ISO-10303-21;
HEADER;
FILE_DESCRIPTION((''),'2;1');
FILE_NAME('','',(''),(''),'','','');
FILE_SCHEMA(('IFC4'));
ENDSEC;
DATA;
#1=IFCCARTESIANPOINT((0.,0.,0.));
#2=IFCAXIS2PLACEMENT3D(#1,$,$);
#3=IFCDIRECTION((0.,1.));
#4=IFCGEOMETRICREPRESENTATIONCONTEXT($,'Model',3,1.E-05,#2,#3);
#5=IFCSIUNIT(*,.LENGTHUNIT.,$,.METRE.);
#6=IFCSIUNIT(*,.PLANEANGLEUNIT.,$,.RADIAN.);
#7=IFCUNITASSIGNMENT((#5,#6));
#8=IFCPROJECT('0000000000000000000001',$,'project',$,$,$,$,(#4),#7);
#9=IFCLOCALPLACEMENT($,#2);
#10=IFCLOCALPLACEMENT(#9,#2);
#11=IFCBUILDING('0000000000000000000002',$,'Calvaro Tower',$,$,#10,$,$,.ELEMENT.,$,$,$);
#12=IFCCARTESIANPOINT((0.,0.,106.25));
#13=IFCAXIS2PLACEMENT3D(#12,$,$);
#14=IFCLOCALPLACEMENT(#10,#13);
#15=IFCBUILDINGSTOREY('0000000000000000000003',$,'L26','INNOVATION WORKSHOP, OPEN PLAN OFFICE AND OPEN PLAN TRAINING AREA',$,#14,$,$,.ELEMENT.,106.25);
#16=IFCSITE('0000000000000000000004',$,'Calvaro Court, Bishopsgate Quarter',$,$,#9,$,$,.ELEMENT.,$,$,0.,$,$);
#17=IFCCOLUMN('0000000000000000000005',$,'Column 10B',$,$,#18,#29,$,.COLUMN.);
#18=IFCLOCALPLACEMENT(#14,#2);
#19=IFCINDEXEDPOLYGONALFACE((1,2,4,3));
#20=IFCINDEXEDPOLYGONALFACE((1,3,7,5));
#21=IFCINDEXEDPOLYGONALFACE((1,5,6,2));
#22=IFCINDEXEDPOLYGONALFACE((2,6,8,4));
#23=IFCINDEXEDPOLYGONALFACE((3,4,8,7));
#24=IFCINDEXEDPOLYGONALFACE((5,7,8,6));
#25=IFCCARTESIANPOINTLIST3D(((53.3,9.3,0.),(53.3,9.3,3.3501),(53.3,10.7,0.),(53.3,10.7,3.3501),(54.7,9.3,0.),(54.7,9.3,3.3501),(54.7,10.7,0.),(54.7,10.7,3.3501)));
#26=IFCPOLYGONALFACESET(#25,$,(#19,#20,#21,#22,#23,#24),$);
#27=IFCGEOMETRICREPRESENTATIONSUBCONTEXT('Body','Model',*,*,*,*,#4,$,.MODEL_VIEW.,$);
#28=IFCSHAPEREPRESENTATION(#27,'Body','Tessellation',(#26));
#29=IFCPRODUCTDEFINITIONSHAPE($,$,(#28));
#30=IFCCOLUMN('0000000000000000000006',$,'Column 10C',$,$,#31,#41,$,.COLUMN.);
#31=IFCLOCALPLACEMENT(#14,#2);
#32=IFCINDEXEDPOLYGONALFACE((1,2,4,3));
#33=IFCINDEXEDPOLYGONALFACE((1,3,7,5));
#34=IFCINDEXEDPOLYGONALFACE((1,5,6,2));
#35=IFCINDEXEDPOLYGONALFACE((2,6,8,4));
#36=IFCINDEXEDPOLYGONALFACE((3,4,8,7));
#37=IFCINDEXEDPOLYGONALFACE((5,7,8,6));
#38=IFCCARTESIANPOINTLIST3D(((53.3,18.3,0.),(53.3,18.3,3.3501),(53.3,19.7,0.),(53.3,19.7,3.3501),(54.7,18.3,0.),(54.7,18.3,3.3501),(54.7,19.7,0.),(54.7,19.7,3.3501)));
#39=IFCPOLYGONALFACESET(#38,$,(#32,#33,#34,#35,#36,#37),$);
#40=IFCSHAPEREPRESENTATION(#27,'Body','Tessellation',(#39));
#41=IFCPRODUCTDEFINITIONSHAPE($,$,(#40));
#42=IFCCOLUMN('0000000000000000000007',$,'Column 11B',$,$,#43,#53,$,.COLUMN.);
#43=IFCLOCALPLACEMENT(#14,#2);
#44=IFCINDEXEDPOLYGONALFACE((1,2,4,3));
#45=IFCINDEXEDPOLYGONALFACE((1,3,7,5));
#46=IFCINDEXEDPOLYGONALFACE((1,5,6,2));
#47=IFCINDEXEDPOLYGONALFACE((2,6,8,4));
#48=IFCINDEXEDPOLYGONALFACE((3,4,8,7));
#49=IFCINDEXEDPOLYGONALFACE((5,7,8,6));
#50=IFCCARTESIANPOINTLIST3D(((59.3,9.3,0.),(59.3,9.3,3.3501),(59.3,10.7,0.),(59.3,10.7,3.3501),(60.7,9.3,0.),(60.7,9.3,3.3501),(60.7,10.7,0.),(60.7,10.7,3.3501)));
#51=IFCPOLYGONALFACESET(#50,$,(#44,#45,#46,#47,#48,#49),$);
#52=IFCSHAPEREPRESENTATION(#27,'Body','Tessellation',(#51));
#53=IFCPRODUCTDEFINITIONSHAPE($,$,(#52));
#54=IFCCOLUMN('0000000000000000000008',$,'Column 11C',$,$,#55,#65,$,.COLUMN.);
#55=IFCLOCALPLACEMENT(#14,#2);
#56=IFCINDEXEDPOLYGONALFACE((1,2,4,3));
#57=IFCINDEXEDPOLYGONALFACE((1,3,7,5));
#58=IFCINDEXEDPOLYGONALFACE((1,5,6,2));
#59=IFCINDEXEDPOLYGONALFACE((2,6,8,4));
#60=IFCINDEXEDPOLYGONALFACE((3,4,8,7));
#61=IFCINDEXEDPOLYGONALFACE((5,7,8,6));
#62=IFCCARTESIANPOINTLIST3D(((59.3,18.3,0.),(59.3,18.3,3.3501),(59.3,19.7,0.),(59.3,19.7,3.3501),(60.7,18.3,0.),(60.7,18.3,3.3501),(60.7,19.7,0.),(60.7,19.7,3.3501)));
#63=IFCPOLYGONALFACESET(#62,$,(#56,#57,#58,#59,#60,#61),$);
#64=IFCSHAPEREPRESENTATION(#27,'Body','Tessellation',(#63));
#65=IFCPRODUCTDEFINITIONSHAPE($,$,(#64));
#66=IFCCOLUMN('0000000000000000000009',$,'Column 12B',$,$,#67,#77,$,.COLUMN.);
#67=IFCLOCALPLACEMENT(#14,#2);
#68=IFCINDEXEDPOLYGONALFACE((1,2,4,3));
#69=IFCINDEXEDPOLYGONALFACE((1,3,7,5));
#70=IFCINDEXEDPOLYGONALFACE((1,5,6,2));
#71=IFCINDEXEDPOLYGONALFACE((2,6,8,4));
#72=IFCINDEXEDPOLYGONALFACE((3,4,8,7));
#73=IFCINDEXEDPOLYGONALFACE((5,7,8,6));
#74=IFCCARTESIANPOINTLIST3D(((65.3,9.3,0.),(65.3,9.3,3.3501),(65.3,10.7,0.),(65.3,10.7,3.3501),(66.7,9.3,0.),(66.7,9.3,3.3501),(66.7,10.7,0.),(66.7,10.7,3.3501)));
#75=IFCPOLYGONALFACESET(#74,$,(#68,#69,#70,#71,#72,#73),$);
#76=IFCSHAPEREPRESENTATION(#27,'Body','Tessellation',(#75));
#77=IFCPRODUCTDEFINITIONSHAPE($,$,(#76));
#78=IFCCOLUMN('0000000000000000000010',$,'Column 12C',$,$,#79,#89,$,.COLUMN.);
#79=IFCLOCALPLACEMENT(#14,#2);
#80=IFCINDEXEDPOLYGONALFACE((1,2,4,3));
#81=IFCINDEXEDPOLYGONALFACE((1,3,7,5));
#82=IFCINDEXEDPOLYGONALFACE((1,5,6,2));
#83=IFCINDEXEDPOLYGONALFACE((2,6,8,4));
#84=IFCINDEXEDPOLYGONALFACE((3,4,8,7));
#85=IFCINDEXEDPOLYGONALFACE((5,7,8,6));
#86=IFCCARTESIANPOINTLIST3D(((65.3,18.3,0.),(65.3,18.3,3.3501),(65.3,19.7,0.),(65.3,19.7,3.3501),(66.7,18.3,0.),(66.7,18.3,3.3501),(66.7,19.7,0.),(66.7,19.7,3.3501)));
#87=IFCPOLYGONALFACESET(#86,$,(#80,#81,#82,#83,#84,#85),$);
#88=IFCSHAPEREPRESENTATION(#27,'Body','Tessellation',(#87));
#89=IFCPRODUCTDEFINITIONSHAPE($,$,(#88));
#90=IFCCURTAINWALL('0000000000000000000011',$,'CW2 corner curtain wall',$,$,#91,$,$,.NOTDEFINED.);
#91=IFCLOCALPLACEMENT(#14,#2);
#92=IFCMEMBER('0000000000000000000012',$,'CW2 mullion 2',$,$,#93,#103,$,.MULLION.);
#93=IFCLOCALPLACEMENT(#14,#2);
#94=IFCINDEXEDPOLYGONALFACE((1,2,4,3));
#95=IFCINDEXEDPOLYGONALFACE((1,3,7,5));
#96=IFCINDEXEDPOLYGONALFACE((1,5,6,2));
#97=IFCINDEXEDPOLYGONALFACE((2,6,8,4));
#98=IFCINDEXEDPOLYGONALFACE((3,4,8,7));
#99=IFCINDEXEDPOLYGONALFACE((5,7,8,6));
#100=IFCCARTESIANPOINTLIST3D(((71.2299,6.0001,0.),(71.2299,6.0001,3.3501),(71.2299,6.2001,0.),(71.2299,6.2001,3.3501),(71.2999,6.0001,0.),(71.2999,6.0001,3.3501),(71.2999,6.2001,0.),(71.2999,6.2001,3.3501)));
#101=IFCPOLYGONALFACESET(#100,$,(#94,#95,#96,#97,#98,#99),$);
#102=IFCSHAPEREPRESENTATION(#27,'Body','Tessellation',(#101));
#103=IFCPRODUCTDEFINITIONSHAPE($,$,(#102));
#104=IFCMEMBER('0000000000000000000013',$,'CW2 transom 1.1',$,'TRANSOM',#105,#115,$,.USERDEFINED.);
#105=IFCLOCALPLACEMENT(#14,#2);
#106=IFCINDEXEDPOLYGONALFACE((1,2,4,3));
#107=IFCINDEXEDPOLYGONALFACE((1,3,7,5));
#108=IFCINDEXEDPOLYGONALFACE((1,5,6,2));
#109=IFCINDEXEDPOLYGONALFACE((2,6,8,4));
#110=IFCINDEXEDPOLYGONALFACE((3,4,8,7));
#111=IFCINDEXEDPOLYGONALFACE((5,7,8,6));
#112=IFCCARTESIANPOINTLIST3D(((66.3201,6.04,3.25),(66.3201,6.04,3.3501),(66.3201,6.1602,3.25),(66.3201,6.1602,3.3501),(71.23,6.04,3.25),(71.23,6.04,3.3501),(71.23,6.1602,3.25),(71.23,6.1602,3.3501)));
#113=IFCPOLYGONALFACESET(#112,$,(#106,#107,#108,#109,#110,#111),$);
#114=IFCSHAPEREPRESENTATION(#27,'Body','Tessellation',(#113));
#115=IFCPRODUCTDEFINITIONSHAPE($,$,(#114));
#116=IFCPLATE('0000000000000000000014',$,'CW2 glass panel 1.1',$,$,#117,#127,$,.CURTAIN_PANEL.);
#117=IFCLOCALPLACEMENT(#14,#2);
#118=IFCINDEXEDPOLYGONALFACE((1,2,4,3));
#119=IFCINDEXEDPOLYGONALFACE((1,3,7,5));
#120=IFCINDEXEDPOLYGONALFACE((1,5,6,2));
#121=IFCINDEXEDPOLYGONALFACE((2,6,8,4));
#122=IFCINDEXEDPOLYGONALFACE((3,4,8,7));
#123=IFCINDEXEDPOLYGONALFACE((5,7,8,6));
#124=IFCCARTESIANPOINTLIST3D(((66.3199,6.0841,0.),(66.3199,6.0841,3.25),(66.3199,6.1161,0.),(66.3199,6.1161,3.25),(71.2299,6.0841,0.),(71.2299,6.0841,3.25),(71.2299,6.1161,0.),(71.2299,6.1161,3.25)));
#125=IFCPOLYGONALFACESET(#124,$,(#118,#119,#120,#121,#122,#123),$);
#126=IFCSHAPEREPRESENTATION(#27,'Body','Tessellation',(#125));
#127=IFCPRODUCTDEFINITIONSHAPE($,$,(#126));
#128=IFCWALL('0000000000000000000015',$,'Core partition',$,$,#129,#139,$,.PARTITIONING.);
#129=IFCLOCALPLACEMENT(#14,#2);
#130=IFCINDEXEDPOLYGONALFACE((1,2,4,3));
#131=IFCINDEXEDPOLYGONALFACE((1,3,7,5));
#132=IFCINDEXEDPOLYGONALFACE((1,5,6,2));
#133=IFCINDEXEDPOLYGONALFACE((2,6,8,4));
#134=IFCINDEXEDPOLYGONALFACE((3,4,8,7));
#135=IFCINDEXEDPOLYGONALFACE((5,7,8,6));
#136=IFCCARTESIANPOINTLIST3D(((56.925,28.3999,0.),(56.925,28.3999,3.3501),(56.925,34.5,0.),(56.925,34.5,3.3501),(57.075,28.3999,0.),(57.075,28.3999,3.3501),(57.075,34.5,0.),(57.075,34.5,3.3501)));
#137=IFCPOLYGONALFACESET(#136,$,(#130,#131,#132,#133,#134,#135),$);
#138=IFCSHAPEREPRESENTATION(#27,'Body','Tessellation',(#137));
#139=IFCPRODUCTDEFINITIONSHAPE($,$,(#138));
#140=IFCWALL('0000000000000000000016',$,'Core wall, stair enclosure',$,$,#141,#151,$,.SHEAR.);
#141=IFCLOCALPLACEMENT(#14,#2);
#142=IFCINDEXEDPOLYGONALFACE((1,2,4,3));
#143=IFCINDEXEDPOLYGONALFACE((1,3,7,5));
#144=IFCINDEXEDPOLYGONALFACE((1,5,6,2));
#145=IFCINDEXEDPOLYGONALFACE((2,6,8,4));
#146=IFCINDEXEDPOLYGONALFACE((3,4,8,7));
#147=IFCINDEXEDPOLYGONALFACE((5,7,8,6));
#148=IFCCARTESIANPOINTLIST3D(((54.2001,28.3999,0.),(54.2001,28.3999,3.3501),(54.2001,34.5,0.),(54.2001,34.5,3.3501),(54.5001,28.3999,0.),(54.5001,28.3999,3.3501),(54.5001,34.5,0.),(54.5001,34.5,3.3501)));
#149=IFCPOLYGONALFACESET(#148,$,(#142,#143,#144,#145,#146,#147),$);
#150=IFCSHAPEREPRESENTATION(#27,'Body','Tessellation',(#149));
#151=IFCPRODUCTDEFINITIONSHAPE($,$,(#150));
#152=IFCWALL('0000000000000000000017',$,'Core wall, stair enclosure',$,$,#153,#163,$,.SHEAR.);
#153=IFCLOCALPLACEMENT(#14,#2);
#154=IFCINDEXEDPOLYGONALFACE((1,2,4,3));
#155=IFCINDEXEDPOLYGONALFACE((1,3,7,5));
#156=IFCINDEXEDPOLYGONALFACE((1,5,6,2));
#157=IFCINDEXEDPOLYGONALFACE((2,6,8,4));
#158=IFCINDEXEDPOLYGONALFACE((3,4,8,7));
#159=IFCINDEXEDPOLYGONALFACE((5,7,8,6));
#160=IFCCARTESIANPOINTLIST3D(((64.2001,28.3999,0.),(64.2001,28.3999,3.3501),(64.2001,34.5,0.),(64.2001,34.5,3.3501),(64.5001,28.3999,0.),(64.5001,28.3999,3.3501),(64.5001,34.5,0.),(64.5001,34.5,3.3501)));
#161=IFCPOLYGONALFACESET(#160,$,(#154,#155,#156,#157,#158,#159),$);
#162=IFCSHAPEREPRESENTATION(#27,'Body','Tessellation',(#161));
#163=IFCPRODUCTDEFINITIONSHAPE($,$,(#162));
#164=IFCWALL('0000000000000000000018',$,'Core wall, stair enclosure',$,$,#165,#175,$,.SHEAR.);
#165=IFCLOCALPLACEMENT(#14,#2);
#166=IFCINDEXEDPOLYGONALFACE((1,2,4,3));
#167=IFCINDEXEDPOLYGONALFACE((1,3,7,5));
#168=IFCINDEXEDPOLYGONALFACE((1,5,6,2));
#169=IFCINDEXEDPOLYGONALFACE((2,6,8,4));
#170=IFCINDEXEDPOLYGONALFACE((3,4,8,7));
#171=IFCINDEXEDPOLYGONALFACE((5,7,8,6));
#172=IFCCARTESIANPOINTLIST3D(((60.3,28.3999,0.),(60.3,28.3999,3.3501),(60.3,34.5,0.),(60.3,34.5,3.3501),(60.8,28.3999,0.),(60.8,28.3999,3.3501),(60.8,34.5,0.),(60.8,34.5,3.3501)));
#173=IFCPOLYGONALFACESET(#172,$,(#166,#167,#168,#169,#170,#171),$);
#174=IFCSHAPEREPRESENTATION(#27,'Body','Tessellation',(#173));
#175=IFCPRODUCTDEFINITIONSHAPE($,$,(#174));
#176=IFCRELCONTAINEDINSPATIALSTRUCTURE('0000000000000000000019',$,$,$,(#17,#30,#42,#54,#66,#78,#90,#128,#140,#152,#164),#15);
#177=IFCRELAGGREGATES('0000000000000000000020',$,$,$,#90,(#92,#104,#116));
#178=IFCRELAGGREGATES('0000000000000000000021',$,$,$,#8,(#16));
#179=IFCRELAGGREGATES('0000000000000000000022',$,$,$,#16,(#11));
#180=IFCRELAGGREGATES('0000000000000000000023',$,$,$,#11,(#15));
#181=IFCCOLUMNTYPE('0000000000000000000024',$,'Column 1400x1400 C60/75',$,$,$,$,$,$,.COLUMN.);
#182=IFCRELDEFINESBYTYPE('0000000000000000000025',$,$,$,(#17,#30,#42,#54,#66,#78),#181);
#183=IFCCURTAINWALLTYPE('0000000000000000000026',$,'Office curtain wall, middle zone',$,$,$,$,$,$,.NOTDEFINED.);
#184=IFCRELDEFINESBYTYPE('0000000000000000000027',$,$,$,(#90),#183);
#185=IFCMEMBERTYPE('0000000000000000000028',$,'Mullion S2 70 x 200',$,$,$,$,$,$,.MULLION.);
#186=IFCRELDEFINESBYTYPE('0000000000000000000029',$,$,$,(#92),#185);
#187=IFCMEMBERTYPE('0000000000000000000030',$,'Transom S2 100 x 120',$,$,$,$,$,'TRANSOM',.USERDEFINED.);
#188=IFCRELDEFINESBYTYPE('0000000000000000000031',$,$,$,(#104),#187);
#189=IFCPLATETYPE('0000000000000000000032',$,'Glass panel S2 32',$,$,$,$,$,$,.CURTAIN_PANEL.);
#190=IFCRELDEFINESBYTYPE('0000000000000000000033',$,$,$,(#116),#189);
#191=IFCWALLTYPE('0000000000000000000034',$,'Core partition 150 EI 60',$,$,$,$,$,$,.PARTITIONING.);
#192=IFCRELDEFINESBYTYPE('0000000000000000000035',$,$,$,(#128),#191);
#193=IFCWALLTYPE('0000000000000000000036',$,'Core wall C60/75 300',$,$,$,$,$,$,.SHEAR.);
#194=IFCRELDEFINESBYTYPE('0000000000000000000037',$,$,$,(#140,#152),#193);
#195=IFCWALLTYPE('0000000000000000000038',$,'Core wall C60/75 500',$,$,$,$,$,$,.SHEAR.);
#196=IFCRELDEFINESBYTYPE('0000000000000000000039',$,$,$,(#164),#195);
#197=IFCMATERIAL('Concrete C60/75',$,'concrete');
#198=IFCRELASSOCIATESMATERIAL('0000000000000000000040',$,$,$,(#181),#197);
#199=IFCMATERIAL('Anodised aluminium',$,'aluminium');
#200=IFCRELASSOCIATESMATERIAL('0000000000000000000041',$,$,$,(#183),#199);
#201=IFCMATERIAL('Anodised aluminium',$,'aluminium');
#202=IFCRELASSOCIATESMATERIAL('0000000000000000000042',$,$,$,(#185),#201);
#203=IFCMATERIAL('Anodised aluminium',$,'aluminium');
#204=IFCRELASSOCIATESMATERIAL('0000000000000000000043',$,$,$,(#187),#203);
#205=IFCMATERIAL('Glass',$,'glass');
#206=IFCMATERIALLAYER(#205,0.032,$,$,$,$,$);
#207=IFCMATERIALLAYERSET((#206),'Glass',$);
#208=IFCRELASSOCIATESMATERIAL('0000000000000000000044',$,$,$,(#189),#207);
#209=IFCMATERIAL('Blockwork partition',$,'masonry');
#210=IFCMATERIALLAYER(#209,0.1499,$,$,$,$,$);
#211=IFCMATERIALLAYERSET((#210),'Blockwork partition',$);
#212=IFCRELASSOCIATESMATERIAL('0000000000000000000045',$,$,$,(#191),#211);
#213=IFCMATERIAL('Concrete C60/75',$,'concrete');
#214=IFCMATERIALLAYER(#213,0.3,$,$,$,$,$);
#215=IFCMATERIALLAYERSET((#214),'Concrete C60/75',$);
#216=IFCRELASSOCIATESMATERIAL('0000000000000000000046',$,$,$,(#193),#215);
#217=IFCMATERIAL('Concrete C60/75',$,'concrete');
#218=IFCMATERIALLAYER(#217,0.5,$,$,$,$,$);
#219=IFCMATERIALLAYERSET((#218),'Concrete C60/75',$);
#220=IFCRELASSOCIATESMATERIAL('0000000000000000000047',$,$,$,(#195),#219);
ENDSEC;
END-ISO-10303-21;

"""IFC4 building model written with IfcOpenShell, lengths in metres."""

from ifc_helpers import new_model, si_unit, direction, frame, frame_2d, origin, origin_2d, place, context, subcontext, project, spatial, rectangle, extrude, material, layer, layer_set, material_profile, profile_set, type_object, element, aggregate, save


model = new_model("IFC4")

# Units and contexts
model_context = context("Model", 3, precision=1e-05, world=origin(), true_north=direction((0.0, 1.0)))
body_context = subcontext(model_context, "Body", "Model", "MODEL_VIEW")
ifc_project = project(units=[si_unit("LENGTHUNIT", "METRE"), si_unit("PLANEANGLEUNIT", "RADIAN")], contexts=[model_context])

# Site, building, storey
site_placement = place(None, origin())
site = spatial("IfcSite", under=ifc_project, at=site_placement, Name="Calvaro Court, Bishopsgate Quarter", CompositionType="ELEMENT", RefElevation=0.0)
building_placement = place(site_placement, origin())
building = spatial("IfcBuilding", under=site, at=building_placement, Name="Calvaro Tower", CompositionType="ELEMENT")
storey_placement = place(building_placement, frame((0.0, 0.0, 106.25)))
storey = spatial("IfcBuildingStorey", under=building, at=storey_placement, Name="L26", Description="INNOVATION WORKSHOP, OPEN PLAN OFFICE AND OPEN PLAN TRAINING AREA", CompositionType="ELEMENT", Elevation=106.25)

# Columns
ifc_material_1 = material(Name="Concrete C60/75", Category="concrete")
ifc_material_profile_1 = material_profile(ifc_material_1, rectangle(XDim=1.3999, YDim=1.3999, at=origin_2d()), Name="RC 1400x1400")
ifc_profile_set_1 = profile_set([ifc_material_profile_1], Name="Concrete C60/75")
column_type = type_object("IfcColumnType", Name="Column 1400x1400 C60/75", PredefinedType="COLUMN", material=ifc_profile_set_1)
for number, where, z_axis, x_axis, name in (
    (1, (54.0, 10.0, 0.0), (0.0, 0.0, 1.0), (1.0, 0.0, 0.0), "Column 10B"),
    (2, (54.0, 19.0, 0.0), (0.0, 0.0, 1.0), (1.0, 0.0, 0.0), "Column 10C"),
    (3, (60.0, 10.0, 0.0), (0.0, 0.0, 1.0), (1.0, 0.0, 0.0), "Column 11B"),
    (4, (60.0, 19.0, 0.0), (0.0, 0.0, 1.0), (1.0, 0.0, 0.0), "Column 11C"),
    (5, (66.0, 10.0, 0.0), (0.0, 0.0, 1.0), (1.0, 0.0, 0.0), "Column 12B"),
    (6, (66.0, 19.0, 0.0), (0.0, 0.0, 1.0), (1.0, 0.0, 0.0), "Column 12C"),
):
    element("IfcColumn", number, at=place(storey_placement, frame(where, z_axis=z_axis, x_axis=x_axis)), inside=storey, type_object=column_type, Name=name, PredefinedType="COLUMN", context=body_context, shape_type="SweptSolid", body=[
        extrude(rectangle(XDim=1.3999, YDim=1.3999, at=origin_2d()), origin(), (0.0, 0.0, 1.0), 3.3501),
    ])

# Curtain wall, members, plate
ifc_material_2 = material(Name="Anodised aluminium", Category="aluminium")
curtain_wall_type = type_object("IfcCurtainWallType", Name="Office curtain wall, middle zone", PredefinedType="NOTDEFINED", material=ifc_material_2)
curtain_wall_placement = place(storey_placement, origin())
curtain_wall = element("IfcCurtainWall", 7, at=curtain_wall_placement, inside=storey, type_object=curtain_wall_type, Name="CW2 corner curtain wall", PredefinedType="NOTDEFINED")
ifc_material_3 = material(Name="Anodised aluminium", Category="aluminium")
ifc_material_profile_2 = material_profile(ifc_material_3, rectangle(XDim=0.2, YDim=0.0701, at=origin_2d()), Name="Mullion S2 70 x 200")
ifc_profile_set_2 = profile_set([ifc_material_profile_2], Name="Anodised aluminium")
member_type_1 = type_object("IfcMemberType", Name="Mullion S2 70 x 200", PredefinedType="MULLION", material=ifc_profile_set_2)
member_1_placement = place(storey_placement, frame((71.2649, 6.1001, 0.0), z_axis=(0.0, 0.0, 1.0), x_axis=(0.0, 1.0, 0.0)))
member_1 = element("IfcMember", 8, at=member_1_placement, type_object=member_type_1, Name="CW2 mullion 2", PredefinedType="MULLION", context=body_context, shape_type="SweptSolid", body=[
    extrude(rectangle(XDim=0.2, YDim=0.0701, at=origin_2d()), origin(), (0.0, 0.0, 1.0), 3.3501),
])
ifc_material_4 = material(Name="Anodised aluminium", Category="aluminium")
ifc_material_profile_3 = material_profile(ifc_material_4, rectangle(XDim=0.1201, YDim=0.1001, at=origin_2d()), Name="Transom S2 100 x 120")
ifc_profile_set_3 = profile_set([ifc_material_profile_3], Name="Anodised aluminium")
member_type_2 = type_object("IfcMemberType", Name="Transom S2 100 x 120", ElementType="TRANSOM", PredefinedType="USERDEFINED", material=ifc_profile_set_3)
member_2_placement = place(storey_placement, frame((66.3201, 6.1001, 3.3), z_axis=(1.0, 0.0, 0.0), x_axis=(0.0, 1.0, 0.0)))
member_2 = element("IfcMember", 9, at=member_2_placement, type_object=member_type_2, Name="CW2 transom 1.1", ObjectType="TRANSOM", PredefinedType="USERDEFINED", context=body_context, shape_type="SweptSolid", body=[
    extrude(rectangle(XDim=0.1201, YDim=0.1001, at=origin_2d()), origin(), (0.0, 0.0, 1.0), 4.9099),
])
ifc_material_5 = material(Name="Glass", Category="glass")
ifc_layer_1 = layer(ifc_material_5, 0.032)
ifc_layer_set_1 = layer_set([ifc_layer_1], Name="Glass")
plate_type = type_object("IfcPlateType", Name="Glass panel S2 32", PredefinedType="CURTAIN_PANEL", material=ifc_layer_set_1)
plate_placement = place(storey_placement, frame((68.7749, 6.1001, 0.0), z_axis=(0.0, 0.0, 1.0), x_axis=(1.0, 0.0, 0.0)))
plate = element("IfcPlate", 10, at=plate_placement, type_object=plate_type, Name="CW2 glass panel 1.1", PredefinedType="CURTAIN_PANEL", context=body_context, shape_type="SweptSolid", body=[
    extrude(rectangle(XDim=4.9099, YDim=0.032, at=origin_2d()), origin(), (0.0, 0.0, 1.0), 3.25),
])
aggregate(curtain_wall, [member_1, member_2, plate])

# Walls
ifc_material_6 = material(Name="Blockwork partition", Category="masonry")
ifc_layer_2 = layer(ifc_material_6, 0.1499)
ifc_layer_set_2 = layer_set([ifc_layer_2], Name="Blockwork partition")
wall_type_1 = type_object("IfcWallType", Name="Core partition 150 EI 60", PredefinedType="PARTITIONING", material=ifc_layer_set_2)
wall_1_placement = place(storey_placement, frame((57.0, 28.3999, 0.0), z_axis=(0.0, 0.0, 1.0), x_axis=(0.0, 1.0, 0.0)))
element("IfcWall", 11, at=wall_1_placement, inside=storey, type_object=wall_type_1, Name="Core partition", PredefinedType="PARTITIONING", context=body_context, shape_type="SweptSolid", body=[
    extrude(rectangle(XDim=6.1001, YDim=0.1499, at=frame_2d((3.05, 0.0))), origin(), (0.0, 0.0, 1.0), 3.3501),
])
ifc_material_7 = material(Name="Concrete C60/75", Category="concrete")
ifc_layer_3 = layer(ifc_material_7, 0.3)
ifc_layer_set_3 = layer_set([ifc_layer_3], Name="Concrete C60/75")
wall_type_2 = type_object("IfcWallType", Name="Core wall C60/75 300", PredefinedType="SHEAR", material=ifc_layer_set_3)
for number, where, z_axis, x_axis, name in (
    (12, (54.3501, 28.3999, 0.0), (0.0, 0.0, 1.0), (0.0, 1.0, 0.0), "Core wall, stair enclosure"),
    (13, (64.3501, 28.3999, 0.0), (0.0, 0.0, 1.0), (0.0, 1.0, 0.0), "Core wall, stair enclosure"),
):
    element("IfcWall", number, at=place(storey_placement, frame(where, z_axis=z_axis, x_axis=x_axis)), inside=storey, type_object=wall_type_2, Name=name, PredefinedType="SHEAR", context=body_context, shape_type="SweptSolid", body=[
        extrude(rectangle(XDim=6.1001, YDim=0.3, at=frame_2d((3.05, 0.0))), origin(), (0.0, 0.0, 1.0), 3.3501),
    ])
ifc_material_8 = material(Name="Concrete C60/75", Category="concrete")
ifc_layer_4 = layer(ifc_material_8, 0.5)
ifc_layer_set_4 = layer_set([ifc_layer_4], Name="Concrete C60/75")
wall_type_3 = type_object("IfcWallType", Name="Core wall C60/75 500", PredefinedType="SHEAR", material=ifc_layer_set_4)
wall_2_placement = place(storey_placement, frame((60.55, 28.3999, 0.0), z_axis=(0.0, 0.0, 1.0), x_axis=(0.0, 1.0, 0.0)))
element("IfcWall", 14, at=wall_2_placement, inside=storey, type_object=wall_type_3, Name="Core wall, stair enclosure", PredefinedType="SHEAR", context=body_context, shape_type="SweptSolid", body=[
    extrude(rectangle(XDim=6.1001, YDim=0.5, at=frame_2d((3.05, 0.0))), origin(), (0.0, 0.0, 1.0), 3.3501),
])

save(model, "model.ifc")
